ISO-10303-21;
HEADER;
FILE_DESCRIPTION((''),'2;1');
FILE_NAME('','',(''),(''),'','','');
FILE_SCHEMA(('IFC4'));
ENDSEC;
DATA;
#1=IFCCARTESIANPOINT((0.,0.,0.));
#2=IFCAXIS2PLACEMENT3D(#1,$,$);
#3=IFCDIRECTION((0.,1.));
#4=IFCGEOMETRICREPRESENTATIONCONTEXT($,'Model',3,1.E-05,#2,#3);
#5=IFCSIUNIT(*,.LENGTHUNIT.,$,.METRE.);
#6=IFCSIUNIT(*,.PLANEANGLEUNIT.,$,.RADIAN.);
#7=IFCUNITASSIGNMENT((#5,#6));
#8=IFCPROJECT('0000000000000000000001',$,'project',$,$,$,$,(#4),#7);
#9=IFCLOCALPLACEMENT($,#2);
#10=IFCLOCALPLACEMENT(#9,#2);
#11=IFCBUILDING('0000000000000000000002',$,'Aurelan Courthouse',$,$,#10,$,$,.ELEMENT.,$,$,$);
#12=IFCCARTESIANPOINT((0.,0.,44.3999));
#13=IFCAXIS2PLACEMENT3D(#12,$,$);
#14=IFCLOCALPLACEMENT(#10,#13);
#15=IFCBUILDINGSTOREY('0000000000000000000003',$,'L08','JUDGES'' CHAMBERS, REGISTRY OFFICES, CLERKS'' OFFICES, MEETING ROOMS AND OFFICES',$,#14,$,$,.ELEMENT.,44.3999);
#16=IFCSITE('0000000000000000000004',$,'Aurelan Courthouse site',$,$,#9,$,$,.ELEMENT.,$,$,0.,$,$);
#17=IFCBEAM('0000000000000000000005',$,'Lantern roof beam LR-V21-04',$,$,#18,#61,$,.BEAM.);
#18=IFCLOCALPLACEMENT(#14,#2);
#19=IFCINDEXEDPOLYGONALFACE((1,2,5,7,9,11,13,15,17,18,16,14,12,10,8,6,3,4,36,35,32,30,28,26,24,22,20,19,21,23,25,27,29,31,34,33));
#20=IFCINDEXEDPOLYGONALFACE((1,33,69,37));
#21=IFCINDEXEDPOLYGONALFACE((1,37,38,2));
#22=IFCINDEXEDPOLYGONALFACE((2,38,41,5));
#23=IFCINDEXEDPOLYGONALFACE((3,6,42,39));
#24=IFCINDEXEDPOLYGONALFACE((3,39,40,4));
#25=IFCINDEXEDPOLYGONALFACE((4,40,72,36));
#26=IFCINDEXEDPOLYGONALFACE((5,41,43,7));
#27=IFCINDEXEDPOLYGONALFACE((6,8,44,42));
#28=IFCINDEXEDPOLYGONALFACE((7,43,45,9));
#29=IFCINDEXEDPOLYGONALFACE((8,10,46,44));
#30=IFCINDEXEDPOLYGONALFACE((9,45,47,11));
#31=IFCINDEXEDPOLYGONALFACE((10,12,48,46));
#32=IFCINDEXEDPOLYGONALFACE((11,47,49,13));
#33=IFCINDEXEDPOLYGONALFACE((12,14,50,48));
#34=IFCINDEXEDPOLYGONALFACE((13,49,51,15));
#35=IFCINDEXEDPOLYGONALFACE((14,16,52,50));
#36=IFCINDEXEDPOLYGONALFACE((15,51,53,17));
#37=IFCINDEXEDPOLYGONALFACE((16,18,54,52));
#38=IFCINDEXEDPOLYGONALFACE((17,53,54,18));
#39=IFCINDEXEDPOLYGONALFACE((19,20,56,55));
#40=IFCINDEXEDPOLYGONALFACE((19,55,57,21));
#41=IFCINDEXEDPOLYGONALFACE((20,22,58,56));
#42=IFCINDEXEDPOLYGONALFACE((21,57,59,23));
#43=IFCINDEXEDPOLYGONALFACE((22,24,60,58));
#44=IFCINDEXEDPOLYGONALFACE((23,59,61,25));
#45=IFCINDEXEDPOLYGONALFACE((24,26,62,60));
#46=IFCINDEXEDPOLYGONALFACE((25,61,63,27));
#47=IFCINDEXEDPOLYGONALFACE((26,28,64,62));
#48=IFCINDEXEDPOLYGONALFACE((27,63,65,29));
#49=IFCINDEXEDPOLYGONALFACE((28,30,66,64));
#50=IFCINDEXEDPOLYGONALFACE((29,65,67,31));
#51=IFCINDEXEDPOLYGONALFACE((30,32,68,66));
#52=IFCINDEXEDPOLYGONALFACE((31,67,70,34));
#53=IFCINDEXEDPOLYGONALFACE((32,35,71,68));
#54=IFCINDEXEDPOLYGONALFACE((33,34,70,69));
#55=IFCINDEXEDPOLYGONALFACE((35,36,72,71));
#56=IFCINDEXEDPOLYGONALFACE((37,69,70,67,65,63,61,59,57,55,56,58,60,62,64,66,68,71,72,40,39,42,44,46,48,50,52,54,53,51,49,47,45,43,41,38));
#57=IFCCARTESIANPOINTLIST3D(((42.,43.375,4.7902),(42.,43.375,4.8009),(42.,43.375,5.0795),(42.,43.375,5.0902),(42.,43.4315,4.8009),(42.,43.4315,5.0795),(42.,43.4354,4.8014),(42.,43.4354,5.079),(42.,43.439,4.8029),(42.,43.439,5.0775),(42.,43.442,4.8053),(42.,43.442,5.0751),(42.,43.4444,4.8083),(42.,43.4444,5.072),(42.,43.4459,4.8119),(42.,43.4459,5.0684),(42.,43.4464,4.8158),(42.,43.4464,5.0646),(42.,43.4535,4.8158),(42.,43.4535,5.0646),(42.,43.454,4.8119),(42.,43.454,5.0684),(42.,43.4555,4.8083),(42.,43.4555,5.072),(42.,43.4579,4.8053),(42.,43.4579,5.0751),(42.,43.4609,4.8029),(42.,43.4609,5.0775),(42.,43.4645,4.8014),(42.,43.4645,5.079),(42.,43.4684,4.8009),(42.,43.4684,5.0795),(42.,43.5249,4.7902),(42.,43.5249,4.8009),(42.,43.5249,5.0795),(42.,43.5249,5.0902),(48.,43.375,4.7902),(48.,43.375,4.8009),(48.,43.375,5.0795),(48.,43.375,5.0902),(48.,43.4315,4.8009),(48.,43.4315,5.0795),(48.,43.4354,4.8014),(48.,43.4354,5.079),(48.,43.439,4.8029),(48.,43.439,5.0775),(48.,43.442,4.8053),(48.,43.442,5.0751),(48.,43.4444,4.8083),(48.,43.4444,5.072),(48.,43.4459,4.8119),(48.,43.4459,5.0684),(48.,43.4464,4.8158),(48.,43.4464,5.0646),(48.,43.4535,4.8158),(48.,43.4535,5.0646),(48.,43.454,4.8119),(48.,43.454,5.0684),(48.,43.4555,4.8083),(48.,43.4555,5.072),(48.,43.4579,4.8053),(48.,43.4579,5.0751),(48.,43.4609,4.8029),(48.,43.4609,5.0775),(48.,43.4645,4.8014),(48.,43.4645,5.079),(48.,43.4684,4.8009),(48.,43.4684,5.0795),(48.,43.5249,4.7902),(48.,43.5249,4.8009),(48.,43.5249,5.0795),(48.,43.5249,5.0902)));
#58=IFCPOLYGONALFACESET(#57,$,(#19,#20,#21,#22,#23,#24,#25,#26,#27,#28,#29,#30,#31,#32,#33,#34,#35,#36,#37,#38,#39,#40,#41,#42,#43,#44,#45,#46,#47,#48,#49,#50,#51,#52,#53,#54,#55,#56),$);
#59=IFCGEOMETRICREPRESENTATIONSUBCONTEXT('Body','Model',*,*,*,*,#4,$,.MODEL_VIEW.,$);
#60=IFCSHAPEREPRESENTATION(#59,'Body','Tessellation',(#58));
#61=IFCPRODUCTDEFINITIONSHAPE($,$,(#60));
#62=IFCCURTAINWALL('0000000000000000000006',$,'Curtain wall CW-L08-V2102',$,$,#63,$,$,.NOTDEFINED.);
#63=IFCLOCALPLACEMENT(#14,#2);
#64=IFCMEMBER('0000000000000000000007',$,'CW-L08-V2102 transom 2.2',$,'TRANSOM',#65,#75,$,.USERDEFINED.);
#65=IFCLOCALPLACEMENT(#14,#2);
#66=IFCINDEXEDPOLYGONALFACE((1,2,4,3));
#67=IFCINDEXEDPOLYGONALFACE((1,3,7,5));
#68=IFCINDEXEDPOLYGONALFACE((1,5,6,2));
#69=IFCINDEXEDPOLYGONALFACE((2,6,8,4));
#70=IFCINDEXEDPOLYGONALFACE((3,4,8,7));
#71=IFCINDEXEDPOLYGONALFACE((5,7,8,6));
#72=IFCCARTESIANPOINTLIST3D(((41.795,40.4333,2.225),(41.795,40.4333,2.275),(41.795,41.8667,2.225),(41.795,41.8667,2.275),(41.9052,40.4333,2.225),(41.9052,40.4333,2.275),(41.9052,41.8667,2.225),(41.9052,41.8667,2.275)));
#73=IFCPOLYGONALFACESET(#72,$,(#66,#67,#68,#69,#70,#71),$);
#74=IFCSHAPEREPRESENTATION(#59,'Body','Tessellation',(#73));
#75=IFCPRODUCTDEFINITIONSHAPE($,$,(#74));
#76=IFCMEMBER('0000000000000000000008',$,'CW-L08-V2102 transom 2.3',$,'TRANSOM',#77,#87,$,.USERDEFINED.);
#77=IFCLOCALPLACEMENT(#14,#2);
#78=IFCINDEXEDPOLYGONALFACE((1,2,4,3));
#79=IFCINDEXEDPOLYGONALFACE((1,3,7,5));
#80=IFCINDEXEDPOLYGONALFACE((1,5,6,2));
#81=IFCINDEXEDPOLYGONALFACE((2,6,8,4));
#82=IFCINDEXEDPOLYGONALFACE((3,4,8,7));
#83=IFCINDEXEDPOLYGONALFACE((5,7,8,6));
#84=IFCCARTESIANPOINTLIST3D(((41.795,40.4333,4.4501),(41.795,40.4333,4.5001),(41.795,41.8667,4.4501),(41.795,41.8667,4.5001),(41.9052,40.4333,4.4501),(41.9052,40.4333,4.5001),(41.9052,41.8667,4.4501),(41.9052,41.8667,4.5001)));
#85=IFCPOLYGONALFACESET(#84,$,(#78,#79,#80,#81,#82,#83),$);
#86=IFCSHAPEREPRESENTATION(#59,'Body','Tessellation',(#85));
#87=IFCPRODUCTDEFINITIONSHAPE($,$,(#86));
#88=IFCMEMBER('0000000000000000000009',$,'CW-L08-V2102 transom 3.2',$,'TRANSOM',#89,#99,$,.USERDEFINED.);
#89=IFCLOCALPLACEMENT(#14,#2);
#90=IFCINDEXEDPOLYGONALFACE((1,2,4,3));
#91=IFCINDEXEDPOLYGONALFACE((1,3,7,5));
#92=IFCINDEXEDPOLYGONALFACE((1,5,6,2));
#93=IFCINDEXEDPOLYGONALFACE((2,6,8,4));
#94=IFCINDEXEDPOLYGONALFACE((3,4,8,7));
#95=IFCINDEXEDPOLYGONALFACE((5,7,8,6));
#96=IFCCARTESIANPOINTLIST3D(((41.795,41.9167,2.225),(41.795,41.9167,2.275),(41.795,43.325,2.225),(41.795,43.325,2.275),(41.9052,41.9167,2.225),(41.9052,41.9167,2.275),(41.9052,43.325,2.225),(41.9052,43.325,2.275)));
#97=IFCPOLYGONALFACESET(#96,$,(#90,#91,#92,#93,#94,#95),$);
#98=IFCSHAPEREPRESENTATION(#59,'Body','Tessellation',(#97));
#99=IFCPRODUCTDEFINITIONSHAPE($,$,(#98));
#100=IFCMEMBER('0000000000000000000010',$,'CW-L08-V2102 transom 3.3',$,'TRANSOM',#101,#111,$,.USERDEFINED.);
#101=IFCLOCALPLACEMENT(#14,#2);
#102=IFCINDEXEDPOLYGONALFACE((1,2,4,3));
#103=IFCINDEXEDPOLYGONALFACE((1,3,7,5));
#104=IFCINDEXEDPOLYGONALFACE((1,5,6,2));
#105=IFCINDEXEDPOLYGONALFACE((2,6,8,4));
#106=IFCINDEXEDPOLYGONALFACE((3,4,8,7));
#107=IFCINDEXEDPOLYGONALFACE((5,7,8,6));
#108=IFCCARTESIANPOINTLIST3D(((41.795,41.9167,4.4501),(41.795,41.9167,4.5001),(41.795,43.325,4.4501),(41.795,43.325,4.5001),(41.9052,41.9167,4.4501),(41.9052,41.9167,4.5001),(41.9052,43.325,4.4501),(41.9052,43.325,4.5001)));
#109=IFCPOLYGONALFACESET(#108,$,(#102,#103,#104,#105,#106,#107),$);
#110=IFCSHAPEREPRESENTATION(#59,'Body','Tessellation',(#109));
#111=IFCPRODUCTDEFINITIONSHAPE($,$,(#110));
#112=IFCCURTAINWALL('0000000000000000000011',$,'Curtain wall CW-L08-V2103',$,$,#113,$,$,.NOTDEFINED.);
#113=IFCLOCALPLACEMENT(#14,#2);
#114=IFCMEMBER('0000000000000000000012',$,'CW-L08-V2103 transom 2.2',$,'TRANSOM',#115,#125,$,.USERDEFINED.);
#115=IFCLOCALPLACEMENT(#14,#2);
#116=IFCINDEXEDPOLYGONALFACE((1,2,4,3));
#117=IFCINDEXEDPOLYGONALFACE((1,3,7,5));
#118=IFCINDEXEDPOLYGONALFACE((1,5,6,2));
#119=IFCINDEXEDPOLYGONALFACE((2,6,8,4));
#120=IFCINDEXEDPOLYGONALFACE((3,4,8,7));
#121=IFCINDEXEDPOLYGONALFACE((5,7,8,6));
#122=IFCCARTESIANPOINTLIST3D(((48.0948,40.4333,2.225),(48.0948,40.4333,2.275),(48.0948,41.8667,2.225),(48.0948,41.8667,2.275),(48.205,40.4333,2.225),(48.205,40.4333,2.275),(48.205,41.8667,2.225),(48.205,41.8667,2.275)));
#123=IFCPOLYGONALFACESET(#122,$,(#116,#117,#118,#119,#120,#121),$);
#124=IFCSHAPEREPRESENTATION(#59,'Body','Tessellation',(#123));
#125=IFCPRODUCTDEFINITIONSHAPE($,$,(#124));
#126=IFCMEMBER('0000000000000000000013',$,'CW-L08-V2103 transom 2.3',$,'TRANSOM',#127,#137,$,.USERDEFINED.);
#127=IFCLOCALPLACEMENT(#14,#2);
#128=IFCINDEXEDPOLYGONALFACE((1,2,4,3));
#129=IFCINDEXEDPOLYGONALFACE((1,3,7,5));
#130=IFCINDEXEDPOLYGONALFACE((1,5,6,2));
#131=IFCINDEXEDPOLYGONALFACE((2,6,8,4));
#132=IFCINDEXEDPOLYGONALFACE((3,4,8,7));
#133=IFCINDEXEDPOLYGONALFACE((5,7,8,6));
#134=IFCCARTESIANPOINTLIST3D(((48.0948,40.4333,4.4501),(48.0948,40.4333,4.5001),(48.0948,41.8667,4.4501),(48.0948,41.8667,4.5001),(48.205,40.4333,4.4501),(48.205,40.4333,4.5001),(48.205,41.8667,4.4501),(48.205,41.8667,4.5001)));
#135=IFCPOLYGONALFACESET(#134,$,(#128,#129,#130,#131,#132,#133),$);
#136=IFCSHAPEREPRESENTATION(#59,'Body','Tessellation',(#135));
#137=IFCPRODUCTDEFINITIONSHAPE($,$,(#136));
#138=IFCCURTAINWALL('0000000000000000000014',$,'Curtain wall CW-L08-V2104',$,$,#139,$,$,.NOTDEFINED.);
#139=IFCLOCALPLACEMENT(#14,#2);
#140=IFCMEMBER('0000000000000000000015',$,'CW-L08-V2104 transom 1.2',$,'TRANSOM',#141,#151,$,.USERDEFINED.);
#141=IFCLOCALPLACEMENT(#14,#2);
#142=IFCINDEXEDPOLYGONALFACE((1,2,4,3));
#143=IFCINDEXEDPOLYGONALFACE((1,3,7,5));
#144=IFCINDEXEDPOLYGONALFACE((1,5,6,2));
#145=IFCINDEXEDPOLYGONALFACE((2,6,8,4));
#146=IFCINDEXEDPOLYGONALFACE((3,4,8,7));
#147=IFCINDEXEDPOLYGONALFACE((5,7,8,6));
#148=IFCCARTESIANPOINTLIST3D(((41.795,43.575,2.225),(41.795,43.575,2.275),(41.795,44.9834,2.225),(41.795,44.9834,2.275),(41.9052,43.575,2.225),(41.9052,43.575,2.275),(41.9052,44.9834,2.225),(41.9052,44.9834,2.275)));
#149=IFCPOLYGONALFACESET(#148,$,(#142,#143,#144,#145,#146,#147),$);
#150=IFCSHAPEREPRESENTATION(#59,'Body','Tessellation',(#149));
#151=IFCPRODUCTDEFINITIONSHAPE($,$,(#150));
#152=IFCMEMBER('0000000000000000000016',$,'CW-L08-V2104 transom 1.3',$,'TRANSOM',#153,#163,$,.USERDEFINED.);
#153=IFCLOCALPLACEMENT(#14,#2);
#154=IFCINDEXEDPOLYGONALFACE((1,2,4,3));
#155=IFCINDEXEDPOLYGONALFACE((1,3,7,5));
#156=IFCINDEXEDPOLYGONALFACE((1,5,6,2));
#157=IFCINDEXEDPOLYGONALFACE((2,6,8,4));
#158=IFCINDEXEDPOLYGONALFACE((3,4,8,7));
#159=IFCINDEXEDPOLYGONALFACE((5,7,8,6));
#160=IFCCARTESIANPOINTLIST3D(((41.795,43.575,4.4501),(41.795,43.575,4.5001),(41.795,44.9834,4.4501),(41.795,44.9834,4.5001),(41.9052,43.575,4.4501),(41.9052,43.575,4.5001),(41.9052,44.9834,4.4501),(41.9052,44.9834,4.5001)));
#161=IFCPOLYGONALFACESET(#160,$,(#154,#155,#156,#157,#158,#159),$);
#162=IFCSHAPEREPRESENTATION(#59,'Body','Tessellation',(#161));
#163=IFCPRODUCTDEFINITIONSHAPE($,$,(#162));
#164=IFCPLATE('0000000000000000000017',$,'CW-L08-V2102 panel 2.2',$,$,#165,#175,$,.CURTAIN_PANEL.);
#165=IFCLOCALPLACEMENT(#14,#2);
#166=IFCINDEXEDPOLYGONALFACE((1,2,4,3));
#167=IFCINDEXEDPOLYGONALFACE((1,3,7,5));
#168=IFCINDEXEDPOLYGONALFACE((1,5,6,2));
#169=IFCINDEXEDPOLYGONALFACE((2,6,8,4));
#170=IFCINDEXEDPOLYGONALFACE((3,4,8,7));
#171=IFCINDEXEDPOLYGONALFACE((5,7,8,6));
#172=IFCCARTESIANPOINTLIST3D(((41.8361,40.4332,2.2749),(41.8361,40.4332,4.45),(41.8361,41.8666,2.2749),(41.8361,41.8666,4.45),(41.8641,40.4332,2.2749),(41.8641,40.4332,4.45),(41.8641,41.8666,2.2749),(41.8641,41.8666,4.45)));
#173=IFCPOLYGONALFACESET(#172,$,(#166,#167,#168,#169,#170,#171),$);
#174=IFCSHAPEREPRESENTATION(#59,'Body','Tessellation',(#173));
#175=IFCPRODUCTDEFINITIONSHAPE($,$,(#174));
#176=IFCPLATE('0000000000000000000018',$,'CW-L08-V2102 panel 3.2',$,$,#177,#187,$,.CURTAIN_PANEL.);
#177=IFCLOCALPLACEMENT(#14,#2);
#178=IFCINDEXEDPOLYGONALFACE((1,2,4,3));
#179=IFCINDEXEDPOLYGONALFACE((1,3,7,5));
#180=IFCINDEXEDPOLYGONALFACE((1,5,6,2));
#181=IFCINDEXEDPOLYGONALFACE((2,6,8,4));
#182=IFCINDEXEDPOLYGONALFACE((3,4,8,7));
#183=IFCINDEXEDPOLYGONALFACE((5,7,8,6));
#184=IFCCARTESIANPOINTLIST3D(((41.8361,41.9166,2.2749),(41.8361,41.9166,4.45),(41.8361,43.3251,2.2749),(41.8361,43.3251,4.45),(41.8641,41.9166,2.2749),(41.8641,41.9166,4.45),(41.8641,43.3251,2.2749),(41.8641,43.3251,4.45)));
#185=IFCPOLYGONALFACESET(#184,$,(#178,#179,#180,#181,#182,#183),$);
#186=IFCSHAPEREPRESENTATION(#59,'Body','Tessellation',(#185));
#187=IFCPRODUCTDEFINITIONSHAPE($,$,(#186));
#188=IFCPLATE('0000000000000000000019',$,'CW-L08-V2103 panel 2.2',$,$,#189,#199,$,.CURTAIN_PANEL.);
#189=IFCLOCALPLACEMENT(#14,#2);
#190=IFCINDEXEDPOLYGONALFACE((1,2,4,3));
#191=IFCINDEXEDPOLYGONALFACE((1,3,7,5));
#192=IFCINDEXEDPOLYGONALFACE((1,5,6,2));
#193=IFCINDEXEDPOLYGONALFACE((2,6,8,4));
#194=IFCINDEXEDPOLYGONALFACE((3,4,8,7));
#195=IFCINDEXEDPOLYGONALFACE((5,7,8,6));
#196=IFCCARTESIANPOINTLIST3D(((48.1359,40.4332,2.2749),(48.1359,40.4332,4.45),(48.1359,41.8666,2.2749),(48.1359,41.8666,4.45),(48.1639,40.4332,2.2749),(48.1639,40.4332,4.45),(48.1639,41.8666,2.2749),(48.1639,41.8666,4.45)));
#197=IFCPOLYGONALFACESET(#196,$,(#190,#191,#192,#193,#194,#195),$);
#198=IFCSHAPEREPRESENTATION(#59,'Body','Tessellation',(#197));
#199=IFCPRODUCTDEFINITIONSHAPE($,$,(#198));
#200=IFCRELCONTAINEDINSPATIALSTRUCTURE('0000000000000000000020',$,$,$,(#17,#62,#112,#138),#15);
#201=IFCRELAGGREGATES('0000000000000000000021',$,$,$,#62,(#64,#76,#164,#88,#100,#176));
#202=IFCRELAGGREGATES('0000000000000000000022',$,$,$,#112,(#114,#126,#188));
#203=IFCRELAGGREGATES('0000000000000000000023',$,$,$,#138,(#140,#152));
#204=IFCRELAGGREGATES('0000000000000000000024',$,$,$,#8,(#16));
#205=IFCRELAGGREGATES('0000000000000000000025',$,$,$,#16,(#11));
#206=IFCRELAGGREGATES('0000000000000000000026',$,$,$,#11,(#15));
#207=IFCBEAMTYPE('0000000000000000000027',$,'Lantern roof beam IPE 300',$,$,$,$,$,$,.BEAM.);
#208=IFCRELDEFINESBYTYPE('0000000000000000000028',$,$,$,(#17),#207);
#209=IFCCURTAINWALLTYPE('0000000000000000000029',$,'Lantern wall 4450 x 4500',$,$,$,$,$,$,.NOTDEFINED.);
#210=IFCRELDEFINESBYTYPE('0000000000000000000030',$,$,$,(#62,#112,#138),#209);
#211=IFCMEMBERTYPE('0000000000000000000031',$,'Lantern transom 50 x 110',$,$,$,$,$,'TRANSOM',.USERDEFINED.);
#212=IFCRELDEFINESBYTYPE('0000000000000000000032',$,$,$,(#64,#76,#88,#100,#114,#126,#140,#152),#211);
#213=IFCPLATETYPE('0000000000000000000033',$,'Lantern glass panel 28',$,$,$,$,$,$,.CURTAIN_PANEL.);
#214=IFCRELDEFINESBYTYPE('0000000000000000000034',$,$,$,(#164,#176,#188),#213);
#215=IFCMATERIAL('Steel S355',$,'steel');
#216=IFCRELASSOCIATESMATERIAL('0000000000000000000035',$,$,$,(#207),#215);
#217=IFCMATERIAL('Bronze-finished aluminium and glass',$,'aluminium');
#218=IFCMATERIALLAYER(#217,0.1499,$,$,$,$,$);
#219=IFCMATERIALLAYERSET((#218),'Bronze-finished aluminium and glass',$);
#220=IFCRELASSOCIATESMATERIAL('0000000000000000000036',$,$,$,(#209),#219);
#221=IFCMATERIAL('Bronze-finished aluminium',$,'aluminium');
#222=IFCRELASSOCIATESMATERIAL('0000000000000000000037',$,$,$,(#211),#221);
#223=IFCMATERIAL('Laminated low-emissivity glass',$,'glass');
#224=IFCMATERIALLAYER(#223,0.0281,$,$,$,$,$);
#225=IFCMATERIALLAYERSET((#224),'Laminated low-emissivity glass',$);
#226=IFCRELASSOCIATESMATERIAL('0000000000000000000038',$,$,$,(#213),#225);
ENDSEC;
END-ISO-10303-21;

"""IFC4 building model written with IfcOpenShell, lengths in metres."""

from ifc_helpers import new_model, si_unit, direction, frame, origin, origin_2d, place, context, subcontext, project, spatial, rectangle, i_section, extrude, material, layer, layer_set, material_profile, profile_set, type_object, element, aggregate, save


model = new_model("IFC4")

# Units and contexts
model_context = context("Model", 3, precision=1e-05, world=origin(), true_north=direction((0.0, 1.0)))
body_context = subcontext(model_context, "Body", "Model", "MODEL_VIEW")
ifc_project = project(units=[si_unit("LENGTHUNIT", "METRE"), si_unit("PLANEANGLEUNIT", "RADIAN")], contexts=[model_context])

# Site, building, storey
site_placement = place(None, origin())
site = spatial("IfcSite", under=ifc_project, at=site_placement, Name="Aurelan Courthouse site", CompositionType="ELEMENT", RefElevation=0.0)
building_placement = place(site_placement, origin())
building = spatial("IfcBuilding", under=site, at=building_placement, Name="Aurelan Courthouse", CompositionType="ELEMENT")
storey_placement = place(building_placement, frame((0.0, 0.0, 44.3999)))
storey = spatial("IfcBuildingStorey", under=building, at=storey_placement, Name="L08", Description="JUDGES' CHAMBERS, REGISTRY OFFICES, CLERKS' OFFICES, MEETING ROOMS AND OFFICES", CompositionType="ELEMENT", Elevation=44.3999)

# Shared definitions
ifc_material_1 = material(Name="Steel S355", Category="steel")

# Beam
ifc_material_profile_1 = material_profile(ifc_material_1, i_section(OverallWidth=0.1499, OverallDepth=0.3, WebThickness=0.0071, FlangeThickness=0.0107, FilletRadius=0.0149, at=origin_2d()), Name="IPE 300")
ifc_profile_set_1 = profile_set([ifc_material_profile_1], Name="Steel S355")
beam_type = type_object("IfcBeamType", Name="Lantern roof beam IPE 300", PredefinedType="BEAM", material=ifc_profile_set_1)
for number, where, z_axis, x_axis, name in (
    (1, (42.0, 43.45, 4.9402), (1.0, 0.0, 0.0), (0.0, 1.0, 0.0), "Lantern roof beam LR-V21-04"),
):
    element("IfcBeam", number, at=place(storey_placement, frame(where, z_axis=z_axis, x_axis=x_axis)), inside=storey, type_object=beam_type, Name=name, PredefinedType="BEAM", context=body_context, shape_type="SweptSolid", body=[
        extrude(i_section(OverallWidth=0.1499, OverallDepth=0.3, WebThickness=0.0071, FlangeThickness=0.0107, FilletRadius=0.0149, at=origin_2d()), origin(), (0.0, 0.0, 1.0), 6.0),
    ])

# Curtain walls, members
ifc_material_2 = material(Name="Bronze-finished aluminium and glass", Category="aluminium")
ifc_layer_1 = layer(ifc_material_2, 0.1499)
ifc_layer_set_1 = layer_set([ifc_layer_1], Name="Bronze-finished aluminium and glass")
curtain_wall_type = type_object("IfcCurtainWallType", Name="Lantern wall 4450 x 4500", PredefinedType="NOTDEFINED", material=ifc_layer_set_1)
curtain_wall_1_placement = place(storey_placement, origin())
curtain_wall_1 = element("IfcCurtainWall", 2, at=curtain_wall_1_placement, inside=storey, type_object=curtain_wall_type, Name="Curtain wall CW-L08-V2102", PredefinedType="NOTDEFINED")
ifc_material_3 = material(Name="Bronze-finished aluminium", Category="aluminium")
ifc_material_profile_2 = material_profile(ifc_material_3, rectangle(XDim=0.1101, YDim=0.05, at=origin_2d()), Name="Lantern transom 50 x 110")
ifc_profile_set_2 = profile_set([ifc_material_profile_2], Name="Bronze-finished aluminium")
member_type_1 = type_object("IfcMemberType", Name="Lantern transom 50 x 110", ElementType="TRANSOM", PredefinedType="USERDEFINED", material=ifc_profile_set_2)
member_1_placement = place(storey_placement, frame((41.8501, 40.4333, 2.25), z_axis=(0.0, 1.0, 0.0), x_axis=(-1.0, 0.0, 0.0)))
member_1 = element("IfcMember", 3, at=member_1_placement, type_object=member_type_1, Name="CW-L08-V2102 transom 2.2", ObjectType="TRANSOM", PredefinedType="USERDEFINED", context=body_context, shape_type="SweptSolid", body=[
    extrude(rectangle(XDim=0.1101, YDim=0.05, at=origin_2d()), origin(), (0.0, 0.0, 1.0), 1.4333),
])
member_2_placement = place(storey_placement, frame((41.8501, 40.4333, 4.4751), z_axis=(0.0, 1.0, 0.0), x_axis=(-1.0, 0.0, 0.0)))
member_2 = element("IfcMember", 4, at=member_2_placement, type_object=member_type_1, Name="CW-L08-V2102 transom 2.3", ObjectType="TRANSOM", PredefinedType="USERDEFINED", context=body_context, shape_type="SweptSolid", body=[
    extrude(rectangle(XDim=0.1101, YDim=0.05, at=origin_2d()), origin(), (0.0, 0.0, 1.0), 1.4333),
])
member_3_placement = place(storey_placement, frame((41.8501, 41.9167, 2.25), z_axis=(0.0, 1.0, 0.0), x_axis=(-1.0, 0.0, 0.0)))
member_3 = element("IfcMember", 5, at=member_3_placement, type_object=member_type_1, Name="CW-L08-V2102 transom 3.2", ObjectType="TRANSOM", PredefinedType="USERDEFINED", context=body_context, shape_type="SweptSolid", body=[
    extrude(rectangle(XDim=0.1101, YDim=0.05, at=origin_2d()), origin(), (0.0, 0.0, 1.0), 1.4082),
])
member_4_placement = place(storey_placement, frame((41.8501, 41.9167, 4.4751), z_axis=(0.0, 1.0, 0.0), x_axis=(-1.0, 0.0, 0.0)))
member_4 = element("IfcMember", 6, at=member_4_placement, type_object=member_type_1, Name="CW-L08-V2102 transom 3.3", ObjectType="TRANSOM", PredefinedType="USERDEFINED", context=body_context, shape_type="SweptSolid", body=[
    extrude(rectangle(XDim=0.1101, YDim=0.05, at=origin_2d()), origin(), (0.0, 0.0, 1.0), 1.4082),
])
curtain_wall_2_placement = place(storey_placement, origin())
curtain_wall_2 = element("IfcCurtainWall", 7, at=curtain_wall_2_placement, inside=storey, type_object=curtain_wall_type, Name="Curtain wall CW-L08-V2103", PredefinedType="NOTDEFINED")
member_5_placement = place(storey_placement, frame((48.1499, 40.4333, 2.25), z_axis=(0.0, 1.0, 0.0), x_axis=(-1.0, 0.0, 0.0)))
member_5 = element("IfcMember", 8, at=member_5_placement, type_object=member_type_1, Name="CW-L08-V2103 transom 2.2", ObjectType="TRANSOM", PredefinedType="USERDEFINED", context=body_context, shape_type="SweptSolid", body=[
    extrude(rectangle(XDim=0.1101, YDim=0.05, at=origin_2d()), origin(), (0.0, 0.0, 1.0), 1.4333),
])
member_6_placement = place(storey_placement, frame((48.1499, 40.4333, 4.4751), z_axis=(0.0, 1.0, 0.0), x_axis=(-1.0, 0.0, 0.0)))
member_6 = element("IfcMember", 9, at=member_6_placement, type_object=member_type_1, Name="CW-L08-V2103 transom 2.3", ObjectType="TRANSOM", PredefinedType="USERDEFINED", context=body_context, shape_type="SweptSolid", body=[
    extrude(rectangle(XDim=0.1101, YDim=0.05, at=origin_2d()), origin(), (0.0, 0.0, 1.0), 1.4333),
])
curtain_wall_3_placement = place(storey_placement, origin())
curtain_wall_3 = element("IfcCurtainWall", 10, at=curtain_wall_3_placement, inside=storey, type_object=curtain_wall_type, Name="Curtain wall CW-L08-V2104", PredefinedType="NOTDEFINED")
member_7_placement = place(storey_placement, frame((41.8501, 43.575, 2.25), z_axis=(0.0, 1.0, 0.0), x_axis=(-1.0, 0.0, 0.0)))
member_7 = element("IfcMember", 11, at=member_7_placement, type_object=member_type_1, Name="CW-L08-V2104 transom 1.2", ObjectType="TRANSOM", PredefinedType="USERDEFINED", context=body_context, shape_type="SweptSolid", body=[
    extrude(rectangle(XDim=0.1101, YDim=0.05, at=origin_2d()), origin(), (0.0, 0.0, 1.0), 1.4084),
])
member_8_placement = place(storey_placement, frame((41.8501, 43.575, 4.4751), z_axis=(0.0, 1.0, 0.0), x_axis=(-1.0, 0.0, 0.0)))
member_8 = element("IfcMember", 12, at=member_8_placement, type_object=member_type_1, Name="CW-L08-V2104 transom 1.3", ObjectType="TRANSOM", PredefinedType="USERDEFINED", context=body_context, shape_type="SweptSolid", body=[
    extrude(rectangle(XDim=0.1101, YDim=0.05, at=origin_2d()), origin(), (0.0, 0.0, 1.0), 1.4084),
])

# Plates
ifc_material_4 = material(Name="Laminated low-emissivity glass", Category="glass")
ifc_layer_2 = layer(ifc_material_4, 0.0281)
ifc_layer_set_2 = layer_set([ifc_layer_2], Name="Laminated low-emissivity glass")
plate_type_1 = type_object("IfcPlateType", Name="Lantern glass panel 28", PredefinedType="CURTAIN_PANEL", material=ifc_layer_set_2)
plate_1_placement = place(storey_placement, frame((41.8501, 41.1499, 2.2749), z_axis=(0.0, 0.0, 1.0), x_axis=(0.0, 1.0, 0.0)))
plate_1 = element("IfcPlate", 13, at=plate_1_placement, type_object=plate_type_1, Name="CW-L08-V2102 panel 2.2", PredefinedType="CURTAIN_PANEL", context=body_context, shape_type="SweptSolid", body=[
    extrude(rectangle(XDim=1.4333, YDim=0.0281, at=origin_2d()), origin(), (0.0, 0.0, 1.0), 2.175),
])
plate_2_placement = place(storey_placement, frame((41.8501, 42.6208, 2.2749), z_axis=(0.0, 0.0, 1.0), x_axis=(0.0, 1.0, 0.0)))
plate_2 = element("IfcPlate", 14, at=plate_2_placement, type_object=plate_type_1, Name="CW-L08-V2102 panel 3.2", PredefinedType="CURTAIN_PANEL", context=body_context, shape_type="SweptSolid", body=[
    extrude(rectangle(XDim=1.4084, YDim=0.0281, at=origin_2d()), origin(), (0.0, 0.0, 1.0), 2.175),
])
aggregate(curtain_wall_1, [member_1, member_2, plate_1, member_3, member_4, plate_2])
plate_3_placement = place(storey_placement, frame((48.1499, 41.1499, 2.2749), z_axis=(0.0, 0.0, 1.0), x_axis=(0.0, 1.0, 0.0)))
plate_3 = element("IfcPlate", 15, at=plate_3_placement, type_object=plate_type_1, Name="CW-L08-V2103 panel 2.2", PredefinedType="CURTAIN_PANEL", context=body_context, shape_type="SweptSolid", body=[
    extrude(rectangle(XDim=1.4333, YDim=0.0281, at=origin_2d()), origin(), (0.0, 0.0, 1.0), 2.175),
])
aggregate(curtain_wall_2, [member_5, member_6, plate_3])
aggregate(curtain_wall_3, [member_7, member_8])

save(model, "model.ifc")
